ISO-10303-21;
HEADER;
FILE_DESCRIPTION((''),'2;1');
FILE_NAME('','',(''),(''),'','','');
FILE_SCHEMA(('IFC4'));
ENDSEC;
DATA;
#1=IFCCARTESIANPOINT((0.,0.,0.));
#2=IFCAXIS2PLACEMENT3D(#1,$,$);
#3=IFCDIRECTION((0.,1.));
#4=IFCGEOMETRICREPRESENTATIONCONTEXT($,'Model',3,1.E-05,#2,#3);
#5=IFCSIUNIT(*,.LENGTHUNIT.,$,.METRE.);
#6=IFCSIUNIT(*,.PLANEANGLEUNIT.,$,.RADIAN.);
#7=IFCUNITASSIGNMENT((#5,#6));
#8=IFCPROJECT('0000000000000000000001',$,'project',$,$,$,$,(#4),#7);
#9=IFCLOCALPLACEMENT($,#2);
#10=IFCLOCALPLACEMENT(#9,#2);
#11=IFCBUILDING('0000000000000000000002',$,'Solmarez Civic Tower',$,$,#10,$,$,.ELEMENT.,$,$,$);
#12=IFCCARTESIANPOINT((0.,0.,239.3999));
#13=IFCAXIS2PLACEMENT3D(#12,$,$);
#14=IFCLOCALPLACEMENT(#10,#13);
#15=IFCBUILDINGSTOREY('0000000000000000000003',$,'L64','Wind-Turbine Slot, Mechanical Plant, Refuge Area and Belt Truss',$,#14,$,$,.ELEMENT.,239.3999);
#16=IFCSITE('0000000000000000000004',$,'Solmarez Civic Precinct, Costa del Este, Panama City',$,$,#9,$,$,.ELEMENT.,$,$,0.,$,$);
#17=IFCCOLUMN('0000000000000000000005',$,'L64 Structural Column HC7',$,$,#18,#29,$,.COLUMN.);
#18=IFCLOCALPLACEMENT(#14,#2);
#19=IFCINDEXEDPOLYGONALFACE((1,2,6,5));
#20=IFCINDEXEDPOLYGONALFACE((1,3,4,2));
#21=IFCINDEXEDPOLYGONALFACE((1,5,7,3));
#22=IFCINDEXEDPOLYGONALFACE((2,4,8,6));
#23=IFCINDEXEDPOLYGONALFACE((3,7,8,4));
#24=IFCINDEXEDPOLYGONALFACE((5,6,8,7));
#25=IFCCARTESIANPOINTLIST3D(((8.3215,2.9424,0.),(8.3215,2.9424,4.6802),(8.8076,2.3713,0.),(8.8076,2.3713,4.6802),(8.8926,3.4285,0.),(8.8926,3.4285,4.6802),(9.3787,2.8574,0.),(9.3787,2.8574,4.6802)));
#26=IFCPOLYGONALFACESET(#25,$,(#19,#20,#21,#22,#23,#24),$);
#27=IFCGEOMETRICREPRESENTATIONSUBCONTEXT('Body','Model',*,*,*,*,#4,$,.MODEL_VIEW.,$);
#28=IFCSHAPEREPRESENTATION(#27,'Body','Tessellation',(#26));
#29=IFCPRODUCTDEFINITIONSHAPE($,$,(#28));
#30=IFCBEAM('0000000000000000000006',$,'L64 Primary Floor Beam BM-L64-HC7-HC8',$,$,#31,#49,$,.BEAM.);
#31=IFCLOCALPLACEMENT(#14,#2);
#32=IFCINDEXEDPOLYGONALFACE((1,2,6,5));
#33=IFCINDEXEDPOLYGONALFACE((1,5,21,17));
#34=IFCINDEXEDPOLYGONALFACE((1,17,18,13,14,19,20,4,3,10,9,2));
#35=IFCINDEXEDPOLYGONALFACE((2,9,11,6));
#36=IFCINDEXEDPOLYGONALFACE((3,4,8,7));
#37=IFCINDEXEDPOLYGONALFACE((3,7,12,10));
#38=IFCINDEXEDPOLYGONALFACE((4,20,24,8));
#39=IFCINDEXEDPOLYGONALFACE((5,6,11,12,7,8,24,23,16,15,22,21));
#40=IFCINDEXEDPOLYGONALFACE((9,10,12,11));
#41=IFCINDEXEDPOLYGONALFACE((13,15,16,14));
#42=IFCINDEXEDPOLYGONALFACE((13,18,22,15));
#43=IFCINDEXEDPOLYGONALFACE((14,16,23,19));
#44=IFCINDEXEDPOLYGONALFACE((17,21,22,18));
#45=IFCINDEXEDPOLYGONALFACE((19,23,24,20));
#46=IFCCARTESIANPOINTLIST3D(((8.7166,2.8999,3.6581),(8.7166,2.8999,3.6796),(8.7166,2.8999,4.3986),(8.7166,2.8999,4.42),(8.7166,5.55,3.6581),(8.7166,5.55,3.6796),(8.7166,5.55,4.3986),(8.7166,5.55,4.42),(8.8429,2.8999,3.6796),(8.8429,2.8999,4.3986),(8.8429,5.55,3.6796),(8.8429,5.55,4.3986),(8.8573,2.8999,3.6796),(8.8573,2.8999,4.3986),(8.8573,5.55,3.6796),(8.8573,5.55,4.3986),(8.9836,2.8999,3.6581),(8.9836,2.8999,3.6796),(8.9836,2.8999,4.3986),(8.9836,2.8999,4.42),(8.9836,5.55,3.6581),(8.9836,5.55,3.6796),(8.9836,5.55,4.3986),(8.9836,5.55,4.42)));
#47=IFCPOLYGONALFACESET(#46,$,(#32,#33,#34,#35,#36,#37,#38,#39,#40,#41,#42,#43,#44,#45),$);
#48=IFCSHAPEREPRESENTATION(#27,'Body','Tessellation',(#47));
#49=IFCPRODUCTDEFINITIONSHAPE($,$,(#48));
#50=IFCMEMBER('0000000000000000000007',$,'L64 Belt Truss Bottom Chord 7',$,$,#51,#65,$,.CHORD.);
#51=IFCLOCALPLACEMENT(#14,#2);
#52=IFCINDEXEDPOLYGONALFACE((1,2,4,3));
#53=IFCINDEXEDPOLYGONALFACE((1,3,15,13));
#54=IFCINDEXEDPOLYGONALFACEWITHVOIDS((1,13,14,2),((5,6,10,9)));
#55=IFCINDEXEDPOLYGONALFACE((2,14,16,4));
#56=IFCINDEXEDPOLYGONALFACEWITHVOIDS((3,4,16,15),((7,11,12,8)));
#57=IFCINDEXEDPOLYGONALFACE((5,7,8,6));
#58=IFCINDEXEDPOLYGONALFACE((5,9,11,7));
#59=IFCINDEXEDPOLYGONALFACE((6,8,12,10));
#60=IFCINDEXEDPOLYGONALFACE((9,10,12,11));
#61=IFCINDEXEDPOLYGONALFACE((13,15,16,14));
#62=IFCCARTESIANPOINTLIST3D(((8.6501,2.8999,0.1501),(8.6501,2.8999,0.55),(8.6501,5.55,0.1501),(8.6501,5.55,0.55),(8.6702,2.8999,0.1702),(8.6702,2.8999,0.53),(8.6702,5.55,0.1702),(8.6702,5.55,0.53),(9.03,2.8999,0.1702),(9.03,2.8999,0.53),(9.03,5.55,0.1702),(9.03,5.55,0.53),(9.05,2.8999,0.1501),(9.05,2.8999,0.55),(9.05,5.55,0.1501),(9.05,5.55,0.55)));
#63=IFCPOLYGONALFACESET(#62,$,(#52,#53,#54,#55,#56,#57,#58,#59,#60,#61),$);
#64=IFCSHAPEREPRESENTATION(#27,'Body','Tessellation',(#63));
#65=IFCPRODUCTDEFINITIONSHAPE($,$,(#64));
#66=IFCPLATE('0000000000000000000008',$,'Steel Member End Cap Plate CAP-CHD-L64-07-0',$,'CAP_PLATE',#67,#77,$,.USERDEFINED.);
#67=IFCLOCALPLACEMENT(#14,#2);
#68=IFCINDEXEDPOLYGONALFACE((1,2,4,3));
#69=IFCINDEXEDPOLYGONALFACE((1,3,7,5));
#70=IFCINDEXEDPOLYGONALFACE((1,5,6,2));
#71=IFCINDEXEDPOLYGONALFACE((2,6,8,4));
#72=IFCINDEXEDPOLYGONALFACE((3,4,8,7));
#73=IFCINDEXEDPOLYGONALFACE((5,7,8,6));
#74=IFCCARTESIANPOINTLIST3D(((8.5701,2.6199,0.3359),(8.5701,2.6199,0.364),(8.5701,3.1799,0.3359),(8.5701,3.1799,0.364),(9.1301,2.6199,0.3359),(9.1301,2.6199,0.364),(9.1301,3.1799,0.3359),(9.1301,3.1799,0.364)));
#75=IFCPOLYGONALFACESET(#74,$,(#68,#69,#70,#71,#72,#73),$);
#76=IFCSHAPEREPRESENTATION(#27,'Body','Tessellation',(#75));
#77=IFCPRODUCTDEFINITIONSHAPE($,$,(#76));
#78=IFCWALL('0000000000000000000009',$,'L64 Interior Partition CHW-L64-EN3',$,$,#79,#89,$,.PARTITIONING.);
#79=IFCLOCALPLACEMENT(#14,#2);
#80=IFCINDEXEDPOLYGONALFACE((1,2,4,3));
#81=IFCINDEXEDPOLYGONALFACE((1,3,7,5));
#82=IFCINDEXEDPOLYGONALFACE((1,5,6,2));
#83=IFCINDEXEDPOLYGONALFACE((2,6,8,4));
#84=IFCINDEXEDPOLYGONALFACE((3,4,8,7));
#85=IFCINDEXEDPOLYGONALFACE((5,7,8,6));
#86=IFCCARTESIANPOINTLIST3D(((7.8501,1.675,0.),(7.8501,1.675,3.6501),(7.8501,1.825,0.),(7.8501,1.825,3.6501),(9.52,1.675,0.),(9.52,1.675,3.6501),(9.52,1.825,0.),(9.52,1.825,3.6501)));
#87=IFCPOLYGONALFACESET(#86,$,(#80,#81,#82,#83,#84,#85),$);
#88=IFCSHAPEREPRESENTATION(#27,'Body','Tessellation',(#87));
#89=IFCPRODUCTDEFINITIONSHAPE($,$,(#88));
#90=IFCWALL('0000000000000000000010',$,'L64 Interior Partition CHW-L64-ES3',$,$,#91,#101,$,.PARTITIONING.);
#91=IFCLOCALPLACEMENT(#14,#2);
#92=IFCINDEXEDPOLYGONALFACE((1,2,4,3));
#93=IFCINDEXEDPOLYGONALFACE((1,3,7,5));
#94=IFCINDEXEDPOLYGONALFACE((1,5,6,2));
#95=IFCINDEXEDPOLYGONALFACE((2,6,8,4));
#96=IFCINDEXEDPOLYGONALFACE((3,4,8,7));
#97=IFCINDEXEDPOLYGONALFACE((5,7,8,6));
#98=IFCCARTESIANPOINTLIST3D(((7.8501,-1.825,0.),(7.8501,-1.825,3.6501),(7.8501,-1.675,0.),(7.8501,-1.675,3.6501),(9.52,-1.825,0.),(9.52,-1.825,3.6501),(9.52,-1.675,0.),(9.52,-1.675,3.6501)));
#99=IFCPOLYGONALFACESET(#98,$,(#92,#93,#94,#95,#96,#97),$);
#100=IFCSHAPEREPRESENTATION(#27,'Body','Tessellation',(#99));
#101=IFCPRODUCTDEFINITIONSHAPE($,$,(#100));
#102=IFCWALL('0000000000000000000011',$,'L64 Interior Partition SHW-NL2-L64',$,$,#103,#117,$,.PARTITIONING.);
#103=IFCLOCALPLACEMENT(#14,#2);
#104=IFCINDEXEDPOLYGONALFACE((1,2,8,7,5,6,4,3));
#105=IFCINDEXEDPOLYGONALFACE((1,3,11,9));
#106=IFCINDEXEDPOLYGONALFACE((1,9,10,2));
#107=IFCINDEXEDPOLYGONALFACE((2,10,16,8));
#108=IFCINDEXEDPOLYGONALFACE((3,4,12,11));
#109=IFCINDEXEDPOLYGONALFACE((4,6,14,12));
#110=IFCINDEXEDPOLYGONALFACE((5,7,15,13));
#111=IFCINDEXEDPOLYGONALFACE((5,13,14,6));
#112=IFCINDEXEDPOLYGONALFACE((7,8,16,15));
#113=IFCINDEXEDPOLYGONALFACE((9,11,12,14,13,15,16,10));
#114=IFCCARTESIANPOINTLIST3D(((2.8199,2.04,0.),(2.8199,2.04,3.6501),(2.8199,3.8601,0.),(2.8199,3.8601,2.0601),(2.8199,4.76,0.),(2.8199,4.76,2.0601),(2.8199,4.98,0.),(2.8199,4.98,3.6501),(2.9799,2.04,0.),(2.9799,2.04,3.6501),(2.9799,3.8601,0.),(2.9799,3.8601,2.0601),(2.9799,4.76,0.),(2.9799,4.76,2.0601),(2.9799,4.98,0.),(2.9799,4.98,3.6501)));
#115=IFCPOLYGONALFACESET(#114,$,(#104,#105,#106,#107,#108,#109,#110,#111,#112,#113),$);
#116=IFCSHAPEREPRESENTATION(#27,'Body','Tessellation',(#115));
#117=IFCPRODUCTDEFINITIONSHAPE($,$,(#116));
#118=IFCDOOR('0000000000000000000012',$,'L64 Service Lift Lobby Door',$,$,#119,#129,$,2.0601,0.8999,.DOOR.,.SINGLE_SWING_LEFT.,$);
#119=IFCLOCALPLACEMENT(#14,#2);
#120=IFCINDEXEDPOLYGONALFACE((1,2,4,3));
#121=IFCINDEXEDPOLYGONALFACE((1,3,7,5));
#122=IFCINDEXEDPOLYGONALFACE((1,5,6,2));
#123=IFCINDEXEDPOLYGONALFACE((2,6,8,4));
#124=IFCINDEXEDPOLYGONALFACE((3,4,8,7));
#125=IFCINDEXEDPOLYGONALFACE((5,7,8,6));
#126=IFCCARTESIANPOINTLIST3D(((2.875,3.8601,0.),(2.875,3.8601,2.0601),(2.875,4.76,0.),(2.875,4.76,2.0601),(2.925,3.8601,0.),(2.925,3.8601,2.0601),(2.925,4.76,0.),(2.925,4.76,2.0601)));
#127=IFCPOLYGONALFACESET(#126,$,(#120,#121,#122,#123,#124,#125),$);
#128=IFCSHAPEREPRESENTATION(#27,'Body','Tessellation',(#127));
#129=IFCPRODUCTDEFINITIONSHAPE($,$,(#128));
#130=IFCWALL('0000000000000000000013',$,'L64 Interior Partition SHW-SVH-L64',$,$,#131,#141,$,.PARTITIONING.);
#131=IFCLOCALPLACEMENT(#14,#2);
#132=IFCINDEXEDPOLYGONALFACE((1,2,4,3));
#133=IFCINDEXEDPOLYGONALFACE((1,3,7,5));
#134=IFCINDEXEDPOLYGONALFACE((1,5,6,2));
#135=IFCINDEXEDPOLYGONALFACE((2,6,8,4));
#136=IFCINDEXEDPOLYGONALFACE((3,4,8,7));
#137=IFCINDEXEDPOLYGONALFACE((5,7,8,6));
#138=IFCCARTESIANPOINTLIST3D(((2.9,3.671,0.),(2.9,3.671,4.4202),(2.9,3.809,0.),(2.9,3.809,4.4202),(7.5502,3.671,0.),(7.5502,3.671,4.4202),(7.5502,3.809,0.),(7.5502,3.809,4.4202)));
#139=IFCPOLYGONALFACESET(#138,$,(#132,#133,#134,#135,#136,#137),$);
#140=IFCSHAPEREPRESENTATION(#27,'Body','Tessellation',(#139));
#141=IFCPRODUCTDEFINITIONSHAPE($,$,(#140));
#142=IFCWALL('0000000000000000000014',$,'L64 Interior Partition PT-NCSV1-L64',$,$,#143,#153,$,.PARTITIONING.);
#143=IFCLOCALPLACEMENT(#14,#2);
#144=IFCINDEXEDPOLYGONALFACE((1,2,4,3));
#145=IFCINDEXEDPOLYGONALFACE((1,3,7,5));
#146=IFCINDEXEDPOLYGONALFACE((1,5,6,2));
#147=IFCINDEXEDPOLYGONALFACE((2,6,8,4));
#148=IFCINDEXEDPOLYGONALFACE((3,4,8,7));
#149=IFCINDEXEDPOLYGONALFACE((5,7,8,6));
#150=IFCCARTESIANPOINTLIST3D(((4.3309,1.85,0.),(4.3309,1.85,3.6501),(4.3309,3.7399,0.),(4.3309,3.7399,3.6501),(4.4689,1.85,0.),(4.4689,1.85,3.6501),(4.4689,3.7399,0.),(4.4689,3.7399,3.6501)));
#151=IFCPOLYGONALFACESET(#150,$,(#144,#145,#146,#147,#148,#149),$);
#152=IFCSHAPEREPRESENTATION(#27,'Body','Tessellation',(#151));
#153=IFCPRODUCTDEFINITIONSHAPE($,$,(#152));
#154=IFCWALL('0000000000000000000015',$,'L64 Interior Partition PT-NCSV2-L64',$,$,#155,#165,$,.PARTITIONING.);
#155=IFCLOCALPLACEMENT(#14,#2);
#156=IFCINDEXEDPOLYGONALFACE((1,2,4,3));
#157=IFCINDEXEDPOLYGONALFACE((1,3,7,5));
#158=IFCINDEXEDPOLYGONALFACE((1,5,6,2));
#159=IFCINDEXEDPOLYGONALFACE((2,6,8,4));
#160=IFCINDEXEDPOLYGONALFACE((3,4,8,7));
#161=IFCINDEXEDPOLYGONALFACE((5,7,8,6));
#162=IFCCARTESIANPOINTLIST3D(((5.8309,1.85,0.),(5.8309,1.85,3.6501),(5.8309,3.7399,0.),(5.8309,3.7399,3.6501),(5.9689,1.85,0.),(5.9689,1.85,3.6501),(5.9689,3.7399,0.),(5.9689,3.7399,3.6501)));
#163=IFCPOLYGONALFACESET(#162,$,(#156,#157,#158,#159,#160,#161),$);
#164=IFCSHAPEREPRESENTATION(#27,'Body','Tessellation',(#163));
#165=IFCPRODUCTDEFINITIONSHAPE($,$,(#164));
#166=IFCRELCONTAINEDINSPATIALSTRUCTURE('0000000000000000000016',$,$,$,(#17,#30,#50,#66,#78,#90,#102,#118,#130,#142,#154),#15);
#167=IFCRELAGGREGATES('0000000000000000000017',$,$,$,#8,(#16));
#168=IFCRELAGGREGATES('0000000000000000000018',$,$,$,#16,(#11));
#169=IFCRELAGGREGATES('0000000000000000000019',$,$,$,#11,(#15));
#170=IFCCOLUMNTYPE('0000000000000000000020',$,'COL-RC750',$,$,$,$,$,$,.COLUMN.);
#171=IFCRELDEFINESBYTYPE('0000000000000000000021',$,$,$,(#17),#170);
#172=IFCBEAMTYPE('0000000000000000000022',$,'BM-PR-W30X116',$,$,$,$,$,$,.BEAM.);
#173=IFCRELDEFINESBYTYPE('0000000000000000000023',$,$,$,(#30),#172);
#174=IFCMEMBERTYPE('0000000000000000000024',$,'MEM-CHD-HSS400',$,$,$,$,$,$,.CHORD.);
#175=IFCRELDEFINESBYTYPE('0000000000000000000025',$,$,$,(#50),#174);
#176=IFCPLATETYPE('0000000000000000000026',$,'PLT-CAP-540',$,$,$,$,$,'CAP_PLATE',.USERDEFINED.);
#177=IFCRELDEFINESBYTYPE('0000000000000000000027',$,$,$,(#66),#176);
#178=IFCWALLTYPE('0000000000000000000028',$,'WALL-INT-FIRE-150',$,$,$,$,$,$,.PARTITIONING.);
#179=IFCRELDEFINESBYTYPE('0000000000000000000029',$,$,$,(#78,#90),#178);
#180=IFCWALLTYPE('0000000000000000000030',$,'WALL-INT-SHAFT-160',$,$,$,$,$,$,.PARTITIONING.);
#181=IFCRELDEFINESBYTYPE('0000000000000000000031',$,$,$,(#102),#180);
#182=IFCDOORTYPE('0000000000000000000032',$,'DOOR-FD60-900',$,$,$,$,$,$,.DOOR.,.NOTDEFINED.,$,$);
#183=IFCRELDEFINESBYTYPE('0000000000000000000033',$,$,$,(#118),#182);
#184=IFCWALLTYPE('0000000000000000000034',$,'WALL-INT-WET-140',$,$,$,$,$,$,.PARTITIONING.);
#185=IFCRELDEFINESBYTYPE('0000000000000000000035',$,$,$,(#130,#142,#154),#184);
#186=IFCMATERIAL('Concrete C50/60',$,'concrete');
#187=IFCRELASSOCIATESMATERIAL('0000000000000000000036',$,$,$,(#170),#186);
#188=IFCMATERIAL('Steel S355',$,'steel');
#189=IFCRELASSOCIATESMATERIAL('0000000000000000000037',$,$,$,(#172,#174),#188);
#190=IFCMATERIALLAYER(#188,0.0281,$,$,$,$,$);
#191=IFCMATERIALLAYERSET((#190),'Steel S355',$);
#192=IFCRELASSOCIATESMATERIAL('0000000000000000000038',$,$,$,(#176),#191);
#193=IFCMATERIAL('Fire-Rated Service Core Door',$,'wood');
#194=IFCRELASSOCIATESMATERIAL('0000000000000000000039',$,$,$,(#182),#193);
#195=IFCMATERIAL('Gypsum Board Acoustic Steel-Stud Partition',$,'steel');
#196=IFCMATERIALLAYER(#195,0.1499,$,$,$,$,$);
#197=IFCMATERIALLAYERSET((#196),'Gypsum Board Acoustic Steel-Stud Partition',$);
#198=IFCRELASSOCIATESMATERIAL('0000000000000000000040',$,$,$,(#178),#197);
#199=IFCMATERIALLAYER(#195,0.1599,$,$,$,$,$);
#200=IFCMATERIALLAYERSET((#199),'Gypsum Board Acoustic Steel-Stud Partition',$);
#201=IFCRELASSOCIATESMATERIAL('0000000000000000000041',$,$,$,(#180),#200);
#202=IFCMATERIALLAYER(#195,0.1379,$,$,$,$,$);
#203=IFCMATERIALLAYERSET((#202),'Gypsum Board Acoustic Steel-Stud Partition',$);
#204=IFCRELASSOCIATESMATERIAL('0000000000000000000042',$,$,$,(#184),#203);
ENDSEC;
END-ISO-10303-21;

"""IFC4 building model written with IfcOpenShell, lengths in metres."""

from ifc_helpers import new_model, si_unit, direction, frame, frame_2d, origin, origin_2d, place, context, subcontext, project, spatial, rectangle, hollow_rectangle, i_section, extrude, material, layer, layer_set, material_profile, profile_set, type_object, element, fill, save


model = new_model("IFC4")

# Units and contexts
model_context = context("Model", 3, precision=1e-05, world=origin(), true_north=direction((0.0, 1.0)))
body_context = subcontext(model_context, "Body", "Model", "MODEL_VIEW")
ifc_project = project(units=[si_unit("LENGTHUNIT", "METRE"), si_unit("PLANEANGLEUNIT", "RADIAN")], contexts=[model_context])

# Site, building, storey
site_placement = place(None, origin())
site = spatial("IfcSite", under=ifc_project, at=site_placement, Name="Solmarez Civic Precinct, Costa del Este, Panama City", CompositionType="ELEMENT", RefElevation=0.0)
building_placement = place(site_placement, origin())
building = spatial("IfcBuilding", under=site, at=building_placement, Name="Solmarez Civic Tower", CompositionType="ELEMENT")
storey_placement = place(building_placement, frame((0.0, 0.0, 239.3999)))
storey = spatial("IfcBuildingStorey", under=building, at=storey_placement, Name="L64", Description="Wind-Turbine Slot, Mechanical Plant, Refuge Area and Belt Truss", CompositionType="ELEMENT", Elevation=239.3999)

# Column
ifc_material_1 = material(Name="Concrete C50/60", Category="concrete")
ifc_material_profile_1 = material_profile(ifc_material_1, rectangle(XDim=0.75, YDim=0.75, at=origin_2d()), Name="RC750X750")
ifc_profile_set_1 = profile_set([ifc_material_profile_1], Name="Concrete C50/60")
column_type = type_object("IfcColumnType", Name="COL-RC750", PredefinedType="COLUMN", material=ifc_profile_set_1)
column_placement = place(storey_placement, frame((8.8501, 2.8999, 0.0), z_axis=(0.0, 0.0, 1.0), x_axis=(0.761538, 0.64812, 0.0)))
element("IfcColumn", 1, at=column_placement, inside=storey, type_object=column_type, Name="L64 Structural Column HC7", PredefinedType="COLUMN", context=body_context, shape_type="SweptSolid", body=[
    extrude(rectangle(XDim=0.75, YDim=0.75, at=origin_2d()), origin(), (0.0, 0.0, 1.0), 4.6802),
])

# Beam
ifc_material_2 = material(Name="Steel S355", Category="steel")
ifc_material_profile_2 = material_profile(ifc_material_2, i_section(OverallWidth=0.2671, OverallDepth=0.762, WebThickness=0.0144, FlangeThickness=0.0215, at=origin_2d()), Name="W30X116")
ifc_profile_set_2 = profile_set([ifc_material_profile_2], Name="Steel S355")
beam_type = type_object("IfcBeamType", Name="BM-PR-W30X116", PredefinedType="BEAM", material=ifc_profile_set_2)
beam_placement = place(storey_placement, frame((8.8501, 2.8999, 4.0391), z_axis=(0.0, 1.0, 0.0), x_axis=(-1.0, 0.0, 0.0)))
element("IfcBeam", 2, at=beam_placement, inside=storey, type_object=beam_type, Name="L64 Primary Floor Beam BM-L64-HC7-HC8", PredefinedType="BEAM", context=body_context, shape_type="SweptSolid", body=[
    extrude(i_section(OverallWidth=0.2671, OverallDepth=0.762, WebThickness=0.0144, FlangeThickness=0.0215, at=origin_2d()), origin(), (0.0, 0.0, 1.0), 2.6501),
])

# Member
ifc_material_profile_3 = material_profile(ifc_material_2, hollow_rectangle(XDim=0.3999, YDim=0.3999, WallThickness=0.02, at=origin_2d()), Name="HSS400X400X20")
ifc_profile_set_3 = profile_set([ifc_material_profile_3], Name="Steel S355")
member_type = type_object("IfcMemberType", Name="MEM-CHD-HSS400", PredefinedType="CHORD", material=ifc_profile_set_3)
member_placement = place(storey_placement, frame((8.8501, 2.8999, 0.3501), z_axis=(0.0, 1.0, 0.0), x_axis=(-1.0, 0.0, 0.0)))
element("IfcMember", 3, at=member_placement, inside=storey, type_object=member_type, Name="L64 Belt Truss Bottom Chord 7", PredefinedType="CHORD", context=body_context, shape_type="SweptSolid", body=[
    extrude(hollow_rectangle(XDim=0.3999, YDim=0.3999, WallThickness=0.02, at=origin_2d()), origin(), (0.0, 0.0, 1.0), 2.6501),
])

# Plate
ifc_layer_1 = layer(ifc_material_2, 0.0281)
ifc_layer_set_1 = layer_set([ifc_layer_1], Name="Steel S355")
plate_type = type_object("IfcPlateType", Name="PLT-CAP-540", ElementType="CAP_PLATE", PredefinedType="USERDEFINED", material=ifc_layer_set_1)
plate_placement = place(storey_placement, frame((8.8501, 2.8999, 0.3359), z_axis=(0.0, 0.0, 1.0), x_axis=(1.0, 0.0, 0.0)))
element("IfcPlate", 4, at=plate_placement, inside=storey, type_object=plate_type, Name="Steel Member End Cap Plate CAP-CHD-L64-07-0", ObjectType="CAP_PLATE", PredefinedType="USERDEFINED", context=body_context, shape_type="SweptSolid", body=[
    extrude(rectangle(XDim=0.5601, YDim=0.5601, at=origin_2d()), origin(), (0.0, 0.0, 1.0), 0.0281),
])

# Shared definitions
ifc_material_3 = material(Name="Fire-Rated Service Core Door", Category="wood")
door_type_1 = type_object("IfcDoorType", Name="DOOR-FD60-900", OperationType="NOTDEFINED", PredefinedType="DOOR", material=ifc_material_3)

# Walls
ifc_material_4 = material(Name="Gypsum Board Acoustic Steel-Stud Partition", Category="steel")
ifc_layer_2 = layer(ifc_material_4, 0.1499)
ifc_layer_set_2 = layer_set([ifc_layer_2], Name="Gypsum Board Acoustic Steel-Stud Partition")
wall_type_1 = type_object("IfcWallType", Name="WALL-INT-FIRE-150", PredefinedType="PARTITIONING", material=ifc_layer_set_2)
for number, where, z_axis, x_axis, name in (
    (5, (7.8501, 1.75, 0.0), (0.0, 0.0, 1.0), (1.0, 0.0, 0.0), "L64 Interior Partition CHW-L64-EN3"),
    (6, (7.8501, -1.75, 0.0), (0.0, 0.0, 1.0), (1.0, 0.0, 0.0), "L64 Interior Partition CHW-L64-ES3"),
):
    element("IfcWall", number, at=place(storey_placement, frame(where, z_axis=z_axis, x_axis=x_axis)), inside=storey, type_object=wall_type_1, Name=name, PredefinedType="PARTITIONING", context=body_context, shape_type="SweptSolid", body=[
        extrude(rectangle(XDim=1.6699, YDim=0.1499, at=frame_2d((0.835, 0.0))), origin(), (0.0, 0.0, 1.0), 3.6501),
    ])

# Wall, opening, door
ifc_layer_3 = layer(ifc_material_4, 0.1599)
ifc_layer_set_3 = layer_set([ifc_layer_3], Name="Gypsum Board Acoustic Steel-Stud Partition")
wall_type_2 = type_object("IfcWallType", Name="WALL-INT-SHAFT-160", PredefinedType="PARTITIONING", material=ifc_layer_set_3)
wall_1_placement = place(storey_placement, frame((2.8999, 2.04, 0.0), z_axis=(0.0, 0.0, 1.0), x_axis=(0.0, 1.0, 0.0)))
wall_1 = element("IfcWall", 7, at=wall_1_placement, inside=storey, type_object=wall_type_2, Name="L64 Interior Partition SHW-NL2-L64", PredefinedType="PARTITIONING", context=body_context, shape_type="SweptSolid", body=[
    extrude(rectangle(XDim=2.9399, YDim=0.1599, at=frame_2d((1.47, 0.0))), origin(), (0.0, 0.0, 1.0), 3.6501),
])
opening_1_placement = place(wall_1_placement, frame((1.8201, 0.0, 0.0)))
opening_1 = element("IfcOpeningElement", 8, at=opening_1_placement, cuts=wall_1, PredefinedType="OPENING", context=body_context, shape_type="SweptSolid", body=[
    extrude(rectangle(XDim=0.8999, YDim=2.0601, at=frame_2d((0.45, 1.03))), frame((0.0, 0.0898, 0.0), z_axis=(0.0, -1.0, 0.0), x_axis=(1.0, 0.0, 0.0)), (0.0, 0.0, 1.0), 0.1799),
])
door_1_placement = place(opening_1_placement, origin())
door_1 = element("IfcDoor", 9, at=door_1_placement, inside=storey, type_object=door_type_1, Name="L64 Service Lift Lobby Door", OperationType="SINGLE_SWING_LEFT", OverallHeight=2.0601, OverallWidth=0.8999, PredefinedType="DOOR", context=body_context, shape_type="SweptSolid", body=[
    extrude(rectangle(XDim=0.8999, YDim=2.0601, at=frame_2d((0.45, 1.03))), frame((0.0, 0.0249, 0.0), z_axis=(0.0, -1.0, 0.0), x_axis=(1.0, 0.0, 0.0)), (0.0, 0.0, 1.0), 0.05),
])
fill(opening_1, door_1)

# Walls
ifc_layer_4 = layer(ifc_material_4, 0.1379)
ifc_layer_set_4 = layer_set([ifc_layer_4], Name="Gypsum Board Acoustic Steel-Stud Partition")
wall_type_3 = type_object("IfcWallType", Name="WALL-INT-WET-140", PredefinedType="PARTITIONING", material=ifc_layer_set_4)
wall_2_placement = place(storey_placement, frame((2.8999, 3.74, 0.0), z_axis=(0.0, 0.0, 1.0), x_axis=(1.0, 0.0, 0.0)))
element("IfcWall", 10, at=wall_2_placement, inside=storey, type_object=wall_type_3, Name="L64 Interior Partition SHW-SVH-L64", PredefinedType="PARTITIONING", context=body_context, shape_type="SweptSolid", body=[
    extrude(rectangle(XDim=4.6501, YDim=0.1379, at=frame_2d((2.3252, 0.0))), origin(), (0.0, 0.0, 1.0), 4.4202),
])
for number, where, z_axis, x_axis, name in (
    (11, (4.3999, 1.8501, 0.0), (0.0, 0.0, 1.0), (0.0, 1.0, 0.0), "L64 Interior Partition PT-NCSV1-L64"),
    (12, (5.8999, 1.8501, 0.0), (0.0, 0.0, 1.0), (0.0, 1.0, 0.0), "L64 Interior Partition PT-NCSV2-L64"),
):
    element("IfcWall", number, at=place(storey_placement, frame(where, z_axis=z_axis, x_axis=x_axis)), inside=storey, type_object=wall_type_3, Name=name, PredefinedType="PARTITIONING", context=body_context, shape_type="SweptSolid", body=[
        extrude(rectangle(XDim=1.8899, YDim=0.1379, at=frame_2d((0.9448, 0.0))), origin(), (0.0, 0.0, 1.0), 3.6501),
    ])

save(model, "model.ifc")
